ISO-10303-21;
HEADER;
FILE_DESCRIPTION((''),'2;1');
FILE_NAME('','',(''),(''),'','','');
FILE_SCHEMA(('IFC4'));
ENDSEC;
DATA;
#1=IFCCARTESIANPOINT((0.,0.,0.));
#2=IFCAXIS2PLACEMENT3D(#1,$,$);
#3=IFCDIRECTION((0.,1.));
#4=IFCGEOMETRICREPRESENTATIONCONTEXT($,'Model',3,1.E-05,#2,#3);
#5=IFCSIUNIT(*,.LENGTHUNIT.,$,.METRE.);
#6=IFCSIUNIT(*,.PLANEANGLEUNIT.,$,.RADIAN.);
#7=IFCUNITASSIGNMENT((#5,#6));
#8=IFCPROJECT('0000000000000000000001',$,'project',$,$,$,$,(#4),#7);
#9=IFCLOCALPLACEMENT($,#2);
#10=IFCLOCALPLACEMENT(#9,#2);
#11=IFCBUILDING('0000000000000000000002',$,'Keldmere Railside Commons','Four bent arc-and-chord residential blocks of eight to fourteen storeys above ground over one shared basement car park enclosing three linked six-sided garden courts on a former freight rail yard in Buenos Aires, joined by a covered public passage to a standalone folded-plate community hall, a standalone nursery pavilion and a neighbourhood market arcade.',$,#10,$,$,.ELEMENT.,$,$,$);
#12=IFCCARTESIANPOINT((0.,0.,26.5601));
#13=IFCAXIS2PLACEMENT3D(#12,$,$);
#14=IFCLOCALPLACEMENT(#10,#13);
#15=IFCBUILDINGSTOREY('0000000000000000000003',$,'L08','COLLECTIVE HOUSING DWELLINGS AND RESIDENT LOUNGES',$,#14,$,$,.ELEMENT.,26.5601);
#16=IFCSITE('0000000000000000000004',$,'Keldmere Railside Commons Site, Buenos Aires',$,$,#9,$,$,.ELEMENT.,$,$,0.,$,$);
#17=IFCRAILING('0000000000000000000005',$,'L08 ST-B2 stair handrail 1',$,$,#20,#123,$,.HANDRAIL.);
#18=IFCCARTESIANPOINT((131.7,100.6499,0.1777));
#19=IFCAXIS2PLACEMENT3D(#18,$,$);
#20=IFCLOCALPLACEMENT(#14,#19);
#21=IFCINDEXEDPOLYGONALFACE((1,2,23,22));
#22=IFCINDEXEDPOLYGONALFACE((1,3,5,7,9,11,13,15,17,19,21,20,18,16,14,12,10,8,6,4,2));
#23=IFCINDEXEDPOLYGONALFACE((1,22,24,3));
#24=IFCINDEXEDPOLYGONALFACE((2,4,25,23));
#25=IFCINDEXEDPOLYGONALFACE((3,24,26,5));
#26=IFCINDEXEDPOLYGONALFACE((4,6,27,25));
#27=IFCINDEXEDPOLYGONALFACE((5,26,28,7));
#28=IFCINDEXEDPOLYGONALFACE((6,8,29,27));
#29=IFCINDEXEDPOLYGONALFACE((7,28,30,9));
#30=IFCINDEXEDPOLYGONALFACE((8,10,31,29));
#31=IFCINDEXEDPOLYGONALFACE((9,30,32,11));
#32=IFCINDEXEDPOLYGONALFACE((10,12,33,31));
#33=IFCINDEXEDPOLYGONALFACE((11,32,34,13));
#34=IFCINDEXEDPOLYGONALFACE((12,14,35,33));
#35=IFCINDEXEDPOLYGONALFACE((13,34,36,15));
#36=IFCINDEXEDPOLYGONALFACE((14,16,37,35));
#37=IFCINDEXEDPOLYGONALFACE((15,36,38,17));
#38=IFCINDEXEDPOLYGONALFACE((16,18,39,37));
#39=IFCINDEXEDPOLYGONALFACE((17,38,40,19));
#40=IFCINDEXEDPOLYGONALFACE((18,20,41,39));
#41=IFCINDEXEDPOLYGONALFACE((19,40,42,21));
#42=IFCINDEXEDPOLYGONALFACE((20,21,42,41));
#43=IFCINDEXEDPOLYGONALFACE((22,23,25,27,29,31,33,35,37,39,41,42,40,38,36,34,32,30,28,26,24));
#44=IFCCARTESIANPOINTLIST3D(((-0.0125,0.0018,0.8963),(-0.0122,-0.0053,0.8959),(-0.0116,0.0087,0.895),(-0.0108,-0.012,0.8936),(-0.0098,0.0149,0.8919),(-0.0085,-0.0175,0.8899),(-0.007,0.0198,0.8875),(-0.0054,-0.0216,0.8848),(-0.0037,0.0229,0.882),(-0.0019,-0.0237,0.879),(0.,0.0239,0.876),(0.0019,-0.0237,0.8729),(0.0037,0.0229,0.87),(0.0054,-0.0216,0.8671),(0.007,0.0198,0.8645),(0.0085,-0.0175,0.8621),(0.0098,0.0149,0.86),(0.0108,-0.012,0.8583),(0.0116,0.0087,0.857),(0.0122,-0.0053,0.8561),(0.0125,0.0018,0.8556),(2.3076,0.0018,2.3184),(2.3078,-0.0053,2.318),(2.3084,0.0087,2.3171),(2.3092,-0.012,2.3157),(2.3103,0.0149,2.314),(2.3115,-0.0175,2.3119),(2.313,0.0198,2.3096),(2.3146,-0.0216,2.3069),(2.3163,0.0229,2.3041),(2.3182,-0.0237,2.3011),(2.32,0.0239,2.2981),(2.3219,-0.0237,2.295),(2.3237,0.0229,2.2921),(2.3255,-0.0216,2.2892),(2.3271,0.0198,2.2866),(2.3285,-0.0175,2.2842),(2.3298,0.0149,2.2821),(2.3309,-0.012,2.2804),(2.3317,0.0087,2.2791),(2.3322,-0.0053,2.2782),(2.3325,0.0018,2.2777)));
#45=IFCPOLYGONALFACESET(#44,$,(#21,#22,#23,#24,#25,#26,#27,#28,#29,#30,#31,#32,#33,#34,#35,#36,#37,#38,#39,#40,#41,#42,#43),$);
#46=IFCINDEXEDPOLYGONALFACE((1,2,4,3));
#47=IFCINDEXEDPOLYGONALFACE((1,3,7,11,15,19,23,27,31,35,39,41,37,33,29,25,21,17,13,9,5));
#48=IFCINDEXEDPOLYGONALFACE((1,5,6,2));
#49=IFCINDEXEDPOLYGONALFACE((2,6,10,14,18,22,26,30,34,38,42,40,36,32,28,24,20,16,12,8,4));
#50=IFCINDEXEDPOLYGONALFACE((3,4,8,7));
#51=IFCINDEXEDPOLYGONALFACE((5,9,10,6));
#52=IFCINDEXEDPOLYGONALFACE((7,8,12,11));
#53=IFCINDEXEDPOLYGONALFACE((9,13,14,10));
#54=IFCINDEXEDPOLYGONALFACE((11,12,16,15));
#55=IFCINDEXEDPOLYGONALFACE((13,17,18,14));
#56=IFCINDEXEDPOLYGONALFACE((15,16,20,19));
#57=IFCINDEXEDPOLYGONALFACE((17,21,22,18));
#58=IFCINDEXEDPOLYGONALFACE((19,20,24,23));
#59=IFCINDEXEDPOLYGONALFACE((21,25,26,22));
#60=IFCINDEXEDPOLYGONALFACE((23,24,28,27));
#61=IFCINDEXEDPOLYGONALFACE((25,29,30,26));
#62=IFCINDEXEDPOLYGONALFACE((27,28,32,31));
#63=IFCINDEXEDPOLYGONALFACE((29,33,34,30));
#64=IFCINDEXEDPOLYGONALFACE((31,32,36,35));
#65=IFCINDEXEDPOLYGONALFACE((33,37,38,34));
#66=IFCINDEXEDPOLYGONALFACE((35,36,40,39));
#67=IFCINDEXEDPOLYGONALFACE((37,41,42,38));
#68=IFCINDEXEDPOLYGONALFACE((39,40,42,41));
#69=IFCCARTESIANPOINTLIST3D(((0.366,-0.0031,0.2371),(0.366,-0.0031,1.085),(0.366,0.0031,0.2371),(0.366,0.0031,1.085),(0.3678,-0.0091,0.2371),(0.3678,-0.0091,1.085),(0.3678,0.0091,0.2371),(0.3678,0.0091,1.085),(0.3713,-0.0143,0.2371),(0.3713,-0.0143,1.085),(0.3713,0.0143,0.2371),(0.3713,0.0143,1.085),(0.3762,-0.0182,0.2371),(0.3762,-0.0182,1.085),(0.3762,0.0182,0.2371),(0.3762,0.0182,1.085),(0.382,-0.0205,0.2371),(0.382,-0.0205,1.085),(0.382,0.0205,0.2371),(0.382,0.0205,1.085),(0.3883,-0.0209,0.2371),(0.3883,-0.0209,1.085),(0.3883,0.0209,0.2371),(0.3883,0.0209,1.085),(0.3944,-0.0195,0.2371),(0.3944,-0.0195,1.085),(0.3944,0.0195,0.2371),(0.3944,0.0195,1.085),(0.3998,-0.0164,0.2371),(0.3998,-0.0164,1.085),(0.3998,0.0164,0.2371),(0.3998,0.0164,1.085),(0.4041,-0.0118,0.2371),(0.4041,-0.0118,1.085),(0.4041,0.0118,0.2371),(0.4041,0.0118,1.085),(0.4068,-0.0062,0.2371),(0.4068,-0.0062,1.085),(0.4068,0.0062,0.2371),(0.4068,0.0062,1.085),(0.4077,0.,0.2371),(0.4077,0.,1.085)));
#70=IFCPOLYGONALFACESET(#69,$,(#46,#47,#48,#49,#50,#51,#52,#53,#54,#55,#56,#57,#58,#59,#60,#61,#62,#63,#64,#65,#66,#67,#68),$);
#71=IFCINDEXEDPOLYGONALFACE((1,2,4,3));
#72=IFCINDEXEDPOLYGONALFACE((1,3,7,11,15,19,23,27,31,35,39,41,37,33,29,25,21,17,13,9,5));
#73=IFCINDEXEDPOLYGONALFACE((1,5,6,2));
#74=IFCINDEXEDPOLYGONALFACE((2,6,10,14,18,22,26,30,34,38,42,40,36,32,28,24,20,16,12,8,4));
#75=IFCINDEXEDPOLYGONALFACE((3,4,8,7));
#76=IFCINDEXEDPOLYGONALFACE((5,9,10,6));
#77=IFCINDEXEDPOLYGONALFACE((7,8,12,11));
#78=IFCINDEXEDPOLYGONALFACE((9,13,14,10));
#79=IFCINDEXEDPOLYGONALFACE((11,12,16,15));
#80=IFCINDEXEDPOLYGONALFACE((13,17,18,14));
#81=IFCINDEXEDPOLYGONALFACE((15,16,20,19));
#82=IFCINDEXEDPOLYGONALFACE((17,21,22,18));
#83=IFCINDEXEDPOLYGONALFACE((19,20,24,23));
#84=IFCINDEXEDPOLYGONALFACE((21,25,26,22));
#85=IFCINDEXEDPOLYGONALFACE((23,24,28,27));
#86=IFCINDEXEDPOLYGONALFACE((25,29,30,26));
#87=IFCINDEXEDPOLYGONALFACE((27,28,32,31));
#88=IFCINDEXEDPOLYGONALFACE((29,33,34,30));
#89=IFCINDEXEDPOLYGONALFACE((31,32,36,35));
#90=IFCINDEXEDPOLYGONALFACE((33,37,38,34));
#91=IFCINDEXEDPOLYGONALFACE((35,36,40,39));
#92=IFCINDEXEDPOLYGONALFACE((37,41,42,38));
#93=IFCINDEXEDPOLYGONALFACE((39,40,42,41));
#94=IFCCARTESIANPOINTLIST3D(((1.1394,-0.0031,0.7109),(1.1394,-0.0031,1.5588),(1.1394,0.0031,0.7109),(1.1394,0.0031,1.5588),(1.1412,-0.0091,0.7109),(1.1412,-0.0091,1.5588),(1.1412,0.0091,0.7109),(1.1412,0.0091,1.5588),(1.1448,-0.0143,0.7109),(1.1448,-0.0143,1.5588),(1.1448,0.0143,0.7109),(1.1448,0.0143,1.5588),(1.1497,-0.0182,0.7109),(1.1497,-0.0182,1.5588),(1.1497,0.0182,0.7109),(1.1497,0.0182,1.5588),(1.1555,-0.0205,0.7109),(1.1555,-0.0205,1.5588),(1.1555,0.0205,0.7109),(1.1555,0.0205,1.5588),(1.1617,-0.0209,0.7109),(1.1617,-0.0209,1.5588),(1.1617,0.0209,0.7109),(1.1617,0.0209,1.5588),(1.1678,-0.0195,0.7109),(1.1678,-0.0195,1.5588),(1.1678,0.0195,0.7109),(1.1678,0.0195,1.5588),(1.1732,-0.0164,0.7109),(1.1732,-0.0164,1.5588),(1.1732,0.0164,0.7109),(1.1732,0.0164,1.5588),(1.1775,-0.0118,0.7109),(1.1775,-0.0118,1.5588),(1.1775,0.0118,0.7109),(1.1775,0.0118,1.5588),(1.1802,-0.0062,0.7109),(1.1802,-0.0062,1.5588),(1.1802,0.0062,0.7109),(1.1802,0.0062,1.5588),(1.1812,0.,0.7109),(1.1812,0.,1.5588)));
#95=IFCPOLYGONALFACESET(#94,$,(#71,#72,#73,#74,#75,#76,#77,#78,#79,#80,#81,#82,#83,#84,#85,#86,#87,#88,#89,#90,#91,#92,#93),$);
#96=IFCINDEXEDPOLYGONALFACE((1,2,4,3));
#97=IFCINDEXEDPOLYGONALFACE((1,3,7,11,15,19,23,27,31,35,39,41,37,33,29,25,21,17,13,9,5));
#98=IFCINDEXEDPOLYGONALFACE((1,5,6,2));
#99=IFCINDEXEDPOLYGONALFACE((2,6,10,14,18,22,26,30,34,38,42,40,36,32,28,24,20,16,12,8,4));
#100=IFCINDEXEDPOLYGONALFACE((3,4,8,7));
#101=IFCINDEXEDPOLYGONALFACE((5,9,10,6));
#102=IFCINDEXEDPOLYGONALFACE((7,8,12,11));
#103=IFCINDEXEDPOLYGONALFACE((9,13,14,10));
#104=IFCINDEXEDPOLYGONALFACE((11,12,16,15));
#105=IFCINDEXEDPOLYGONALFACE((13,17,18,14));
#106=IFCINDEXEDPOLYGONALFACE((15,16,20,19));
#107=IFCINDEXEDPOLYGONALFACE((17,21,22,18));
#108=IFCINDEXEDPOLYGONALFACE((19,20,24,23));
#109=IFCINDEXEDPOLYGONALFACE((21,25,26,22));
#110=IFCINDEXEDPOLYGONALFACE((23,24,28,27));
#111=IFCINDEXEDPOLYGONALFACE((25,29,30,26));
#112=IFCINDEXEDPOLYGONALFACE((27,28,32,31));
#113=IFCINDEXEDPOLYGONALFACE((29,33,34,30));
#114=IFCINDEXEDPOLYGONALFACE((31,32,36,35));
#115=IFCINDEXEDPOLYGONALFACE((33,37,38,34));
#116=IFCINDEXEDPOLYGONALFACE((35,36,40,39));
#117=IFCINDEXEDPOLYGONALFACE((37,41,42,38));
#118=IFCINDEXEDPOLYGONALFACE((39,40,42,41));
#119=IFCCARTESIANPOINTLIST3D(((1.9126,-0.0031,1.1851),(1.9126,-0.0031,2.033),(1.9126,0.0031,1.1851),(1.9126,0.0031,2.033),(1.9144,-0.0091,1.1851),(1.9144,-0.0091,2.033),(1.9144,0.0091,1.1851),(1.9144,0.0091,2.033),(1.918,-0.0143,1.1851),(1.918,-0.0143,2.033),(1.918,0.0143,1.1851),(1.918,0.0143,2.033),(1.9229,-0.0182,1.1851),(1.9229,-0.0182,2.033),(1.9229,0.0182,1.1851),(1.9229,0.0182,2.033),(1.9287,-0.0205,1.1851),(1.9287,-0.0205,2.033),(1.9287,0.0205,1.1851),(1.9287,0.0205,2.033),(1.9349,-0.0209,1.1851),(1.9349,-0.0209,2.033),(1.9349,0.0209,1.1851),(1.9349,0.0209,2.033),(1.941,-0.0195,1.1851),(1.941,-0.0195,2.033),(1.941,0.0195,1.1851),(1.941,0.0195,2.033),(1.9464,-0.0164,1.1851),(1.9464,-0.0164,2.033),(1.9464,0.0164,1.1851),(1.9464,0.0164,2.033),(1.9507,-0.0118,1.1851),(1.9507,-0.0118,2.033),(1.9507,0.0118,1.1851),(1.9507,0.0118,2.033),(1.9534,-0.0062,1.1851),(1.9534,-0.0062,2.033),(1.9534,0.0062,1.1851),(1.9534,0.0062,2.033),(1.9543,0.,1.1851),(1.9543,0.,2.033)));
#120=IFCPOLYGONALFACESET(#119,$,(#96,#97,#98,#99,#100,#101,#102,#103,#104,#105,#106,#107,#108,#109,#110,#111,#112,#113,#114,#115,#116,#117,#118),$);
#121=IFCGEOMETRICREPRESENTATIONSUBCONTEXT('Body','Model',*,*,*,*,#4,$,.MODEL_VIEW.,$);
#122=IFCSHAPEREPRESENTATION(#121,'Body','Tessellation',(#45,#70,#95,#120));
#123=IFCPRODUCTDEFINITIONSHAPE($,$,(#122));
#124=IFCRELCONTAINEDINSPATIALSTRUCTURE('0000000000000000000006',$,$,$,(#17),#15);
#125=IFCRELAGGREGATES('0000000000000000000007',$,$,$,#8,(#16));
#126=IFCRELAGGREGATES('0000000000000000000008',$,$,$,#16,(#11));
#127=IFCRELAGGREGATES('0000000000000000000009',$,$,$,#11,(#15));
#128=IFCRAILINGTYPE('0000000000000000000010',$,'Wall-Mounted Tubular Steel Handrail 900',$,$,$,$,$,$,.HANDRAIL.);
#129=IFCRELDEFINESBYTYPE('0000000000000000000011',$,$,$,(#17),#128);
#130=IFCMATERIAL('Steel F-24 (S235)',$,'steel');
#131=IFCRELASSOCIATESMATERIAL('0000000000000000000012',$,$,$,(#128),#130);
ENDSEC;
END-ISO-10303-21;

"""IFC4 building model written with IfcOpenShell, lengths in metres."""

from ifc_helpers import new_model, si_unit, direction, frame, origin, origin_2d, place, context, subcontext, project, spatial, circle, extrude, material, type_object, element, save


model = new_model("IFC4")

# Units and contexts
model_context = context("Model", 3, precision=1e-05, world=origin(), true_north=direction((0.0, 1.0)))
body_context = subcontext(model_context, "Body", "Model", "MODEL_VIEW")
ifc_project = project(units=[si_unit("LENGTHUNIT", "METRE"), si_unit("PLANEANGLEUNIT", "RADIAN")], contexts=[model_context])

# Site, building, storey
site_placement = place(None, origin())
site = spatial("IfcSite", under=ifc_project, at=site_placement, Name="Keldmere Railside Commons Site, Buenos Aires", CompositionType="ELEMENT", RefElevation=0.0)
building_placement = place(site_placement, origin())
building = spatial("IfcBuilding", under=site, at=building_placement, Name="Keldmere Railside Commons", Description="Four bent arc-and-chord residential blocks of eight to fourteen storeys above ground over one shared basement car park enclosing three linked six-sided garden courts on a former freight rail yard in Buenos Aires, joined by a covered public passage to a standalone folded-plate community hall, a standalone nursery pavilion and a neighbourhood market arcade.", CompositionType="ELEMENT")
storey_placement = place(building_placement, frame((0.0, 0.0, 26.5601)))
storey = spatial("IfcBuildingStorey", under=building, at=storey_placement, Name="L08", Description="COLLECTIVE HOUSING DWELLINGS AND RESIDENT LOUNGES", CompositionType="ELEMENT", Elevation=26.5601)

# Railing
ifc_material_1 = material(Name="Steel F-24 (S235)", Category="steel")
railing_type_1 = type_object("IfcRailingType", Name="Wall-Mounted Tubular Steel Handrail 900", PredefinedType="HANDRAIL", material=ifc_material_1)
railing_1_placement = place(storey_placement, frame((131.7, 100.6499, 0.1777)))
element("IfcRailing", 1, at=railing_1_placement, inside=storey, type_object=railing_type_1, Name="L08 ST-B2 stair handrail 1", PredefinedType="HANDRAIL", context=body_context, shape_type="SweptSolid", body=[
    extrude(circle(Radius=0.0239, at=origin_2d()), frame((0.0, 0.0, 0.876), z_axis=(0.852578, 0.0, 0.5226), x_axis=(0.0, 1.0, 0.0)), (0.0, 0.0, 1.0), 2.7212),
    extrude(circle(Radius=0.021, at=origin_2d()), frame((0.3867, 0.0, 0.2371)), (0.0, 0.0, 1.0), 0.8479),
    extrude(circle(Radius=0.021, at=origin_2d()), frame((1.1602, 0.0, 0.7109)), (0.0, 0.0, 1.0), 0.8479),
    extrude(circle(Radius=0.021, at=origin_2d()), frame((1.9333, 0.0, 1.1851)), (0.0, 0.0, 1.0), 0.8479),
])

save(model, "model.ifc")
